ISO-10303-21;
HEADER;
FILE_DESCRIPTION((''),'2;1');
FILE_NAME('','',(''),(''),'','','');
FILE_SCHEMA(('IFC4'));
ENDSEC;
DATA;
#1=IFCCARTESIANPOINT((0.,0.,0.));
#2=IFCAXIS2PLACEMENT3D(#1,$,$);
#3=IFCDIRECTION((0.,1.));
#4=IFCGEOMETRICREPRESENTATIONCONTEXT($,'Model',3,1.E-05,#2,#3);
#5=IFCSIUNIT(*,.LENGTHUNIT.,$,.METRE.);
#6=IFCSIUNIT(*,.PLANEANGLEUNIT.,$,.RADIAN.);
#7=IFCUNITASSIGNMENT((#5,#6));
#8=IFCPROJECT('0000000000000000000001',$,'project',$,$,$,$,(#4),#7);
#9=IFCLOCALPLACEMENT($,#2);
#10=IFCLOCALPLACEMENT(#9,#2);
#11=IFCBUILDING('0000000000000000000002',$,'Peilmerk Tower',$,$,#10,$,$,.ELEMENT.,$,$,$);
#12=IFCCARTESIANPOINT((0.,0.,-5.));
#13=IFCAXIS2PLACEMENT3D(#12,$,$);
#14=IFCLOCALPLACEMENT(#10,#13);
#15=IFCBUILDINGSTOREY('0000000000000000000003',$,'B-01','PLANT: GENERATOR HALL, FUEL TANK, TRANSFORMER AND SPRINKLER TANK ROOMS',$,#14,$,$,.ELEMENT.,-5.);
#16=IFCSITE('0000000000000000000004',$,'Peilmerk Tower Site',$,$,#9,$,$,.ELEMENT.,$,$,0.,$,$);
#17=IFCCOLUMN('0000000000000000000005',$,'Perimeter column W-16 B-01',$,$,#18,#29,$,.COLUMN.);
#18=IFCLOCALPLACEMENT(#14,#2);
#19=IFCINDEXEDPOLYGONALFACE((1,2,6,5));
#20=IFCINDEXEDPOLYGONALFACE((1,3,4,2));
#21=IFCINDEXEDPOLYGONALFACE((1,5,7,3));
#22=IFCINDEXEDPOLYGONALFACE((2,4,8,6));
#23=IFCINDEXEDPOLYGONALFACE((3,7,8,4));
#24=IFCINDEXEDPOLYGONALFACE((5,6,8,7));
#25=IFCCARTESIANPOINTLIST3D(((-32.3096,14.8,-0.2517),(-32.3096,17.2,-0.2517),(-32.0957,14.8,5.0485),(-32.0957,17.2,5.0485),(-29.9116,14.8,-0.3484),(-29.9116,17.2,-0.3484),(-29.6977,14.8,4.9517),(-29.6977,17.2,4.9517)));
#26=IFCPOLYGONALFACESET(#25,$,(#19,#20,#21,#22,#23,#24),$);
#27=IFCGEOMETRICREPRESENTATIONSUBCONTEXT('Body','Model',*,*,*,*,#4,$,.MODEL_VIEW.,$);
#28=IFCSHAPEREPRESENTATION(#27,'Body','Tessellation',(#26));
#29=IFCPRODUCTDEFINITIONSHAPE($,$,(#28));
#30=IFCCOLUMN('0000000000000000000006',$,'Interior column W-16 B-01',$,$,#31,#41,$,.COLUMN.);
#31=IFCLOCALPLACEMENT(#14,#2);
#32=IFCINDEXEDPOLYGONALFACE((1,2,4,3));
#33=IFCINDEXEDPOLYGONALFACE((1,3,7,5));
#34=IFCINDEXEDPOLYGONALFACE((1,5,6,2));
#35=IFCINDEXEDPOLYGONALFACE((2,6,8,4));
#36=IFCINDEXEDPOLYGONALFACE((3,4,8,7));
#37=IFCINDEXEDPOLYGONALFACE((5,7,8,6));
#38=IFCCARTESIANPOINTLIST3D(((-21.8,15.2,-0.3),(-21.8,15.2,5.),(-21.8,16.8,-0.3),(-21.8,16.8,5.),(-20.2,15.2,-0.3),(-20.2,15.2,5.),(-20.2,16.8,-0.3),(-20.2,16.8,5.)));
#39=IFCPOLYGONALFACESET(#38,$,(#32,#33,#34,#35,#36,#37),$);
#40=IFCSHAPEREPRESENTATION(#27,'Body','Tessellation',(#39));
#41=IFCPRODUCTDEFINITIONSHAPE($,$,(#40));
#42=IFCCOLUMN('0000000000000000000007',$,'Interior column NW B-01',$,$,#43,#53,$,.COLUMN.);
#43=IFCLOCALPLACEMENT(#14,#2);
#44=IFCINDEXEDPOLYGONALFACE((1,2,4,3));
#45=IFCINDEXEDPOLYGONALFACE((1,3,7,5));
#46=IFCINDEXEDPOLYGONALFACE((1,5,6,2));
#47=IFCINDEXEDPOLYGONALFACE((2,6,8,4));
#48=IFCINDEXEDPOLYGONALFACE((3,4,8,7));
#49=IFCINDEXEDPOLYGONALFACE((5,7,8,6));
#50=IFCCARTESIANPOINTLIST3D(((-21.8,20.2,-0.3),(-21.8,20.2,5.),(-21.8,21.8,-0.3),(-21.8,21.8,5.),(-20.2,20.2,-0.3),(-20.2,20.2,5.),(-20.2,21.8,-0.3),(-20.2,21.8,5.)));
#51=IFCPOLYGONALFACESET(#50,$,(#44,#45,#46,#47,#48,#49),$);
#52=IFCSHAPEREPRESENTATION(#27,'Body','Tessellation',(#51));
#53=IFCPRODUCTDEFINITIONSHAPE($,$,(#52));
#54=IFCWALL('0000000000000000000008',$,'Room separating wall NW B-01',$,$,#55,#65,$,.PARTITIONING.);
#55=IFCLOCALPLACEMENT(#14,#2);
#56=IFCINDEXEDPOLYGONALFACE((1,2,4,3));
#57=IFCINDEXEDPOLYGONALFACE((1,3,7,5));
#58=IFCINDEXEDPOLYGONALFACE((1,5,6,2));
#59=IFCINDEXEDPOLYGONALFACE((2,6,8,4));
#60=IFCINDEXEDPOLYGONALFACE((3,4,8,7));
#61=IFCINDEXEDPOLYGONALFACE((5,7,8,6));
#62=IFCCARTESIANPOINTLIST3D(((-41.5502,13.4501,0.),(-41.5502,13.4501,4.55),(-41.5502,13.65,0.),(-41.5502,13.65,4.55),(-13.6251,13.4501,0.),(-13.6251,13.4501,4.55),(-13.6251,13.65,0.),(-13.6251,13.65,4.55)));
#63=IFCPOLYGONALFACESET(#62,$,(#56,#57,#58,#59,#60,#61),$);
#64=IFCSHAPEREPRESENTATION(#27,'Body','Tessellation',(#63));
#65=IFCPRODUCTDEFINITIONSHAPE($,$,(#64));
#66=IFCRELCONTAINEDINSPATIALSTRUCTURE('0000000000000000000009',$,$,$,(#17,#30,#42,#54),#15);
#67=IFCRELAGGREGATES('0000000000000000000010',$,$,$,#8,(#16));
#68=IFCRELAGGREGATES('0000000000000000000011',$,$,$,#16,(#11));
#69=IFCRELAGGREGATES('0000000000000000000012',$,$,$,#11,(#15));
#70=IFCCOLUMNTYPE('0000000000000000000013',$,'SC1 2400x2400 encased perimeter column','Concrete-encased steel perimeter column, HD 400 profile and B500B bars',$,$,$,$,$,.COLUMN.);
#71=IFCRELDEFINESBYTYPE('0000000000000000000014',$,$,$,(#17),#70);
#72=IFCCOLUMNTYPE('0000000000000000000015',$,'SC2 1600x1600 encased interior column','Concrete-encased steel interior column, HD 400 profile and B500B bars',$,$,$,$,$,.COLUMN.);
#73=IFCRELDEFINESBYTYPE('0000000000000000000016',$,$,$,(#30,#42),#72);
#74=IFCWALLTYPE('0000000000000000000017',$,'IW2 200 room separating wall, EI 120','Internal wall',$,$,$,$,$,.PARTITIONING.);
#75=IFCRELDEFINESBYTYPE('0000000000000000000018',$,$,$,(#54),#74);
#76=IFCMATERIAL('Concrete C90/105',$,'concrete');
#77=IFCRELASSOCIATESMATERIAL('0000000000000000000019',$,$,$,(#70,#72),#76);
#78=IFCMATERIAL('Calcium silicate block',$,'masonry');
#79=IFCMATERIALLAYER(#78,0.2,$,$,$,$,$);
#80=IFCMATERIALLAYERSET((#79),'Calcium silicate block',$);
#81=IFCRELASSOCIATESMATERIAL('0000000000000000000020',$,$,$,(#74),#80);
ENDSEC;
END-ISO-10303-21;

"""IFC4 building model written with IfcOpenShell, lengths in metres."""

from ifc_helpers import new_model, si_unit, direction, frame, frame_2d, origin, origin_2d, place, context, subcontext, project, spatial, rectangle, extrude, material, layer, layer_set, material_profile, profile_set, type_object, element, save


model = new_model("IFC4")

# Units and contexts
model_context = context("Model", 3, precision=1e-05, world=origin(), true_north=direction((0.0, 1.0)))
body_context = subcontext(model_context, "Body", "Model", "MODEL_VIEW")
ifc_project = project(units=[si_unit("LENGTHUNIT", "METRE"), si_unit("PLANEANGLEUNIT", "RADIAN")], contexts=[model_context])

# Site, building, storey
site_placement = place(None, origin())
site = spatial("IfcSite", under=ifc_project, at=site_placement, Name="Peilmerk Tower Site", CompositionType="ELEMENT", RefElevation=0.0)
building_placement = place(site_placement, origin())
building = spatial("IfcBuilding", under=site, at=building_placement, Name="Peilmerk Tower", CompositionType="ELEMENT")
storey_placement = place(building_placement, frame((0.0, 0.0, -5.0)))
storey = spatial("IfcBuildingStorey", under=building, at=storey_placement, Name="B-01", Description="PLANT: GENERATOR HALL, FUEL TANK, TRANSFORMER AND SPRINKLER TANK ROOMS", CompositionType="ELEMENT", Elevation=-5.0)

# Columns
ifc_material_1 = material(Name="Concrete C90/105", Category="concrete")
ifc_material_profile_1 = material_profile(ifc_material_1, rectangle(XDim=2.3999, YDim=2.3999, at=origin_2d()), Name="RC 2400x2400")
ifc_profile_set_1 = profile_set([ifc_material_profile_1], Name="Concrete C90/105")
column_type_1 = type_object("IfcColumnType", Name="SC1 2400x2400 encased perimeter column", Description="Concrete-encased steel perimeter column, HD 400 profile and B500B bars", PredefinedType="COLUMN", material=ifc_profile_set_1)
column_placement = place(storey_placement, frame((-31.1106, 16.0, -0.3), z_axis=(0.040319, 0.0, 0.999187), x_axis=(0.0, 1.0, 0.0)))
element("IfcColumn", 1, at=column_placement, inside=storey, type_object=column_type_1, Name="Perimeter column W-16 B-01", PredefinedType="COLUMN", context=body_context, shape_type="SweptSolid", body=[
    extrude(rectangle(XDim=2.3999, YDim=2.3999, at=origin_2d()), origin(), (0.0, 0.0, 1.0), 5.3044),
])
ifc_material_profile_2 = material_profile(ifc_material_1, rectangle(XDim=1.6001, YDim=1.6001, at=origin_2d()), Name="RC 1600x1600")
ifc_profile_set_2 = profile_set([ifc_material_profile_2], Name="Concrete C90/105")
column_type_2 = type_object("IfcColumnType", Name="SC2 1600x1600 encased interior column", Description="Concrete-encased steel interior column, HD 400 profile and B500B bars", PredefinedType="COLUMN", material=ifc_profile_set_2)
for number, where, z_axis, x_axis, name in (
    (2, (-21.0, 16.0, -0.3), (0.0, 0.0, 1.0), (1.0, 0.0, 0.0), "Interior column W-16 B-01"),
    (3, (-21.0, 21.0, -0.3), (0.0, 0.0, 1.0), (1.0, 0.0, 0.0), "Interior column NW B-01"),
):
    element("IfcColumn", number, at=place(storey_placement, frame(where, z_axis=z_axis, x_axis=x_axis)), inside=storey, type_object=column_type_2, Name=name, PredefinedType="COLUMN", context=body_context, shape_type="SweptSolid", body=[
        extrude(rectangle(XDim=1.6001, YDim=1.6001, at=origin_2d()), origin(), (0.0, 0.0, 1.0), 5.3),
    ])

# Wall
ifc_material_2 = material(Name="Calcium silicate block", Category="masonry")
ifc_layer = layer(ifc_material_2, 0.2)
ifc_layer_set = layer_set([ifc_layer], Name="Calcium silicate block")
wall_type = type_object("IfcWallType", Name="IW2 200 room separating wall, EI 120", Description="Internal wall", PredefinedType="PARTITIONING", material=ifc_layer_set)
wall_placement = place(storey_placement, frame((-41.55, 13.55, 0.0), z_axis=(0.0, 0.0, 1.0), x_axis=(1.0, 0.0, 0.0)))
element("IfcWall", 4, at=wall_placement, inside=storey, type_object=wall_type, Name="Room separating wall NW B-01", PredefinedType="PARTITIONING", context=body_context, shape_type="SweptSolid", body=[
    extrude(rectangle(XDim=27.925, YDim=0.2, at=frame_2d((13.9624, 0.0))), origin(), (0.0, 0.0, 1.0), 4.55),
])

save(model, "model.ifc")
